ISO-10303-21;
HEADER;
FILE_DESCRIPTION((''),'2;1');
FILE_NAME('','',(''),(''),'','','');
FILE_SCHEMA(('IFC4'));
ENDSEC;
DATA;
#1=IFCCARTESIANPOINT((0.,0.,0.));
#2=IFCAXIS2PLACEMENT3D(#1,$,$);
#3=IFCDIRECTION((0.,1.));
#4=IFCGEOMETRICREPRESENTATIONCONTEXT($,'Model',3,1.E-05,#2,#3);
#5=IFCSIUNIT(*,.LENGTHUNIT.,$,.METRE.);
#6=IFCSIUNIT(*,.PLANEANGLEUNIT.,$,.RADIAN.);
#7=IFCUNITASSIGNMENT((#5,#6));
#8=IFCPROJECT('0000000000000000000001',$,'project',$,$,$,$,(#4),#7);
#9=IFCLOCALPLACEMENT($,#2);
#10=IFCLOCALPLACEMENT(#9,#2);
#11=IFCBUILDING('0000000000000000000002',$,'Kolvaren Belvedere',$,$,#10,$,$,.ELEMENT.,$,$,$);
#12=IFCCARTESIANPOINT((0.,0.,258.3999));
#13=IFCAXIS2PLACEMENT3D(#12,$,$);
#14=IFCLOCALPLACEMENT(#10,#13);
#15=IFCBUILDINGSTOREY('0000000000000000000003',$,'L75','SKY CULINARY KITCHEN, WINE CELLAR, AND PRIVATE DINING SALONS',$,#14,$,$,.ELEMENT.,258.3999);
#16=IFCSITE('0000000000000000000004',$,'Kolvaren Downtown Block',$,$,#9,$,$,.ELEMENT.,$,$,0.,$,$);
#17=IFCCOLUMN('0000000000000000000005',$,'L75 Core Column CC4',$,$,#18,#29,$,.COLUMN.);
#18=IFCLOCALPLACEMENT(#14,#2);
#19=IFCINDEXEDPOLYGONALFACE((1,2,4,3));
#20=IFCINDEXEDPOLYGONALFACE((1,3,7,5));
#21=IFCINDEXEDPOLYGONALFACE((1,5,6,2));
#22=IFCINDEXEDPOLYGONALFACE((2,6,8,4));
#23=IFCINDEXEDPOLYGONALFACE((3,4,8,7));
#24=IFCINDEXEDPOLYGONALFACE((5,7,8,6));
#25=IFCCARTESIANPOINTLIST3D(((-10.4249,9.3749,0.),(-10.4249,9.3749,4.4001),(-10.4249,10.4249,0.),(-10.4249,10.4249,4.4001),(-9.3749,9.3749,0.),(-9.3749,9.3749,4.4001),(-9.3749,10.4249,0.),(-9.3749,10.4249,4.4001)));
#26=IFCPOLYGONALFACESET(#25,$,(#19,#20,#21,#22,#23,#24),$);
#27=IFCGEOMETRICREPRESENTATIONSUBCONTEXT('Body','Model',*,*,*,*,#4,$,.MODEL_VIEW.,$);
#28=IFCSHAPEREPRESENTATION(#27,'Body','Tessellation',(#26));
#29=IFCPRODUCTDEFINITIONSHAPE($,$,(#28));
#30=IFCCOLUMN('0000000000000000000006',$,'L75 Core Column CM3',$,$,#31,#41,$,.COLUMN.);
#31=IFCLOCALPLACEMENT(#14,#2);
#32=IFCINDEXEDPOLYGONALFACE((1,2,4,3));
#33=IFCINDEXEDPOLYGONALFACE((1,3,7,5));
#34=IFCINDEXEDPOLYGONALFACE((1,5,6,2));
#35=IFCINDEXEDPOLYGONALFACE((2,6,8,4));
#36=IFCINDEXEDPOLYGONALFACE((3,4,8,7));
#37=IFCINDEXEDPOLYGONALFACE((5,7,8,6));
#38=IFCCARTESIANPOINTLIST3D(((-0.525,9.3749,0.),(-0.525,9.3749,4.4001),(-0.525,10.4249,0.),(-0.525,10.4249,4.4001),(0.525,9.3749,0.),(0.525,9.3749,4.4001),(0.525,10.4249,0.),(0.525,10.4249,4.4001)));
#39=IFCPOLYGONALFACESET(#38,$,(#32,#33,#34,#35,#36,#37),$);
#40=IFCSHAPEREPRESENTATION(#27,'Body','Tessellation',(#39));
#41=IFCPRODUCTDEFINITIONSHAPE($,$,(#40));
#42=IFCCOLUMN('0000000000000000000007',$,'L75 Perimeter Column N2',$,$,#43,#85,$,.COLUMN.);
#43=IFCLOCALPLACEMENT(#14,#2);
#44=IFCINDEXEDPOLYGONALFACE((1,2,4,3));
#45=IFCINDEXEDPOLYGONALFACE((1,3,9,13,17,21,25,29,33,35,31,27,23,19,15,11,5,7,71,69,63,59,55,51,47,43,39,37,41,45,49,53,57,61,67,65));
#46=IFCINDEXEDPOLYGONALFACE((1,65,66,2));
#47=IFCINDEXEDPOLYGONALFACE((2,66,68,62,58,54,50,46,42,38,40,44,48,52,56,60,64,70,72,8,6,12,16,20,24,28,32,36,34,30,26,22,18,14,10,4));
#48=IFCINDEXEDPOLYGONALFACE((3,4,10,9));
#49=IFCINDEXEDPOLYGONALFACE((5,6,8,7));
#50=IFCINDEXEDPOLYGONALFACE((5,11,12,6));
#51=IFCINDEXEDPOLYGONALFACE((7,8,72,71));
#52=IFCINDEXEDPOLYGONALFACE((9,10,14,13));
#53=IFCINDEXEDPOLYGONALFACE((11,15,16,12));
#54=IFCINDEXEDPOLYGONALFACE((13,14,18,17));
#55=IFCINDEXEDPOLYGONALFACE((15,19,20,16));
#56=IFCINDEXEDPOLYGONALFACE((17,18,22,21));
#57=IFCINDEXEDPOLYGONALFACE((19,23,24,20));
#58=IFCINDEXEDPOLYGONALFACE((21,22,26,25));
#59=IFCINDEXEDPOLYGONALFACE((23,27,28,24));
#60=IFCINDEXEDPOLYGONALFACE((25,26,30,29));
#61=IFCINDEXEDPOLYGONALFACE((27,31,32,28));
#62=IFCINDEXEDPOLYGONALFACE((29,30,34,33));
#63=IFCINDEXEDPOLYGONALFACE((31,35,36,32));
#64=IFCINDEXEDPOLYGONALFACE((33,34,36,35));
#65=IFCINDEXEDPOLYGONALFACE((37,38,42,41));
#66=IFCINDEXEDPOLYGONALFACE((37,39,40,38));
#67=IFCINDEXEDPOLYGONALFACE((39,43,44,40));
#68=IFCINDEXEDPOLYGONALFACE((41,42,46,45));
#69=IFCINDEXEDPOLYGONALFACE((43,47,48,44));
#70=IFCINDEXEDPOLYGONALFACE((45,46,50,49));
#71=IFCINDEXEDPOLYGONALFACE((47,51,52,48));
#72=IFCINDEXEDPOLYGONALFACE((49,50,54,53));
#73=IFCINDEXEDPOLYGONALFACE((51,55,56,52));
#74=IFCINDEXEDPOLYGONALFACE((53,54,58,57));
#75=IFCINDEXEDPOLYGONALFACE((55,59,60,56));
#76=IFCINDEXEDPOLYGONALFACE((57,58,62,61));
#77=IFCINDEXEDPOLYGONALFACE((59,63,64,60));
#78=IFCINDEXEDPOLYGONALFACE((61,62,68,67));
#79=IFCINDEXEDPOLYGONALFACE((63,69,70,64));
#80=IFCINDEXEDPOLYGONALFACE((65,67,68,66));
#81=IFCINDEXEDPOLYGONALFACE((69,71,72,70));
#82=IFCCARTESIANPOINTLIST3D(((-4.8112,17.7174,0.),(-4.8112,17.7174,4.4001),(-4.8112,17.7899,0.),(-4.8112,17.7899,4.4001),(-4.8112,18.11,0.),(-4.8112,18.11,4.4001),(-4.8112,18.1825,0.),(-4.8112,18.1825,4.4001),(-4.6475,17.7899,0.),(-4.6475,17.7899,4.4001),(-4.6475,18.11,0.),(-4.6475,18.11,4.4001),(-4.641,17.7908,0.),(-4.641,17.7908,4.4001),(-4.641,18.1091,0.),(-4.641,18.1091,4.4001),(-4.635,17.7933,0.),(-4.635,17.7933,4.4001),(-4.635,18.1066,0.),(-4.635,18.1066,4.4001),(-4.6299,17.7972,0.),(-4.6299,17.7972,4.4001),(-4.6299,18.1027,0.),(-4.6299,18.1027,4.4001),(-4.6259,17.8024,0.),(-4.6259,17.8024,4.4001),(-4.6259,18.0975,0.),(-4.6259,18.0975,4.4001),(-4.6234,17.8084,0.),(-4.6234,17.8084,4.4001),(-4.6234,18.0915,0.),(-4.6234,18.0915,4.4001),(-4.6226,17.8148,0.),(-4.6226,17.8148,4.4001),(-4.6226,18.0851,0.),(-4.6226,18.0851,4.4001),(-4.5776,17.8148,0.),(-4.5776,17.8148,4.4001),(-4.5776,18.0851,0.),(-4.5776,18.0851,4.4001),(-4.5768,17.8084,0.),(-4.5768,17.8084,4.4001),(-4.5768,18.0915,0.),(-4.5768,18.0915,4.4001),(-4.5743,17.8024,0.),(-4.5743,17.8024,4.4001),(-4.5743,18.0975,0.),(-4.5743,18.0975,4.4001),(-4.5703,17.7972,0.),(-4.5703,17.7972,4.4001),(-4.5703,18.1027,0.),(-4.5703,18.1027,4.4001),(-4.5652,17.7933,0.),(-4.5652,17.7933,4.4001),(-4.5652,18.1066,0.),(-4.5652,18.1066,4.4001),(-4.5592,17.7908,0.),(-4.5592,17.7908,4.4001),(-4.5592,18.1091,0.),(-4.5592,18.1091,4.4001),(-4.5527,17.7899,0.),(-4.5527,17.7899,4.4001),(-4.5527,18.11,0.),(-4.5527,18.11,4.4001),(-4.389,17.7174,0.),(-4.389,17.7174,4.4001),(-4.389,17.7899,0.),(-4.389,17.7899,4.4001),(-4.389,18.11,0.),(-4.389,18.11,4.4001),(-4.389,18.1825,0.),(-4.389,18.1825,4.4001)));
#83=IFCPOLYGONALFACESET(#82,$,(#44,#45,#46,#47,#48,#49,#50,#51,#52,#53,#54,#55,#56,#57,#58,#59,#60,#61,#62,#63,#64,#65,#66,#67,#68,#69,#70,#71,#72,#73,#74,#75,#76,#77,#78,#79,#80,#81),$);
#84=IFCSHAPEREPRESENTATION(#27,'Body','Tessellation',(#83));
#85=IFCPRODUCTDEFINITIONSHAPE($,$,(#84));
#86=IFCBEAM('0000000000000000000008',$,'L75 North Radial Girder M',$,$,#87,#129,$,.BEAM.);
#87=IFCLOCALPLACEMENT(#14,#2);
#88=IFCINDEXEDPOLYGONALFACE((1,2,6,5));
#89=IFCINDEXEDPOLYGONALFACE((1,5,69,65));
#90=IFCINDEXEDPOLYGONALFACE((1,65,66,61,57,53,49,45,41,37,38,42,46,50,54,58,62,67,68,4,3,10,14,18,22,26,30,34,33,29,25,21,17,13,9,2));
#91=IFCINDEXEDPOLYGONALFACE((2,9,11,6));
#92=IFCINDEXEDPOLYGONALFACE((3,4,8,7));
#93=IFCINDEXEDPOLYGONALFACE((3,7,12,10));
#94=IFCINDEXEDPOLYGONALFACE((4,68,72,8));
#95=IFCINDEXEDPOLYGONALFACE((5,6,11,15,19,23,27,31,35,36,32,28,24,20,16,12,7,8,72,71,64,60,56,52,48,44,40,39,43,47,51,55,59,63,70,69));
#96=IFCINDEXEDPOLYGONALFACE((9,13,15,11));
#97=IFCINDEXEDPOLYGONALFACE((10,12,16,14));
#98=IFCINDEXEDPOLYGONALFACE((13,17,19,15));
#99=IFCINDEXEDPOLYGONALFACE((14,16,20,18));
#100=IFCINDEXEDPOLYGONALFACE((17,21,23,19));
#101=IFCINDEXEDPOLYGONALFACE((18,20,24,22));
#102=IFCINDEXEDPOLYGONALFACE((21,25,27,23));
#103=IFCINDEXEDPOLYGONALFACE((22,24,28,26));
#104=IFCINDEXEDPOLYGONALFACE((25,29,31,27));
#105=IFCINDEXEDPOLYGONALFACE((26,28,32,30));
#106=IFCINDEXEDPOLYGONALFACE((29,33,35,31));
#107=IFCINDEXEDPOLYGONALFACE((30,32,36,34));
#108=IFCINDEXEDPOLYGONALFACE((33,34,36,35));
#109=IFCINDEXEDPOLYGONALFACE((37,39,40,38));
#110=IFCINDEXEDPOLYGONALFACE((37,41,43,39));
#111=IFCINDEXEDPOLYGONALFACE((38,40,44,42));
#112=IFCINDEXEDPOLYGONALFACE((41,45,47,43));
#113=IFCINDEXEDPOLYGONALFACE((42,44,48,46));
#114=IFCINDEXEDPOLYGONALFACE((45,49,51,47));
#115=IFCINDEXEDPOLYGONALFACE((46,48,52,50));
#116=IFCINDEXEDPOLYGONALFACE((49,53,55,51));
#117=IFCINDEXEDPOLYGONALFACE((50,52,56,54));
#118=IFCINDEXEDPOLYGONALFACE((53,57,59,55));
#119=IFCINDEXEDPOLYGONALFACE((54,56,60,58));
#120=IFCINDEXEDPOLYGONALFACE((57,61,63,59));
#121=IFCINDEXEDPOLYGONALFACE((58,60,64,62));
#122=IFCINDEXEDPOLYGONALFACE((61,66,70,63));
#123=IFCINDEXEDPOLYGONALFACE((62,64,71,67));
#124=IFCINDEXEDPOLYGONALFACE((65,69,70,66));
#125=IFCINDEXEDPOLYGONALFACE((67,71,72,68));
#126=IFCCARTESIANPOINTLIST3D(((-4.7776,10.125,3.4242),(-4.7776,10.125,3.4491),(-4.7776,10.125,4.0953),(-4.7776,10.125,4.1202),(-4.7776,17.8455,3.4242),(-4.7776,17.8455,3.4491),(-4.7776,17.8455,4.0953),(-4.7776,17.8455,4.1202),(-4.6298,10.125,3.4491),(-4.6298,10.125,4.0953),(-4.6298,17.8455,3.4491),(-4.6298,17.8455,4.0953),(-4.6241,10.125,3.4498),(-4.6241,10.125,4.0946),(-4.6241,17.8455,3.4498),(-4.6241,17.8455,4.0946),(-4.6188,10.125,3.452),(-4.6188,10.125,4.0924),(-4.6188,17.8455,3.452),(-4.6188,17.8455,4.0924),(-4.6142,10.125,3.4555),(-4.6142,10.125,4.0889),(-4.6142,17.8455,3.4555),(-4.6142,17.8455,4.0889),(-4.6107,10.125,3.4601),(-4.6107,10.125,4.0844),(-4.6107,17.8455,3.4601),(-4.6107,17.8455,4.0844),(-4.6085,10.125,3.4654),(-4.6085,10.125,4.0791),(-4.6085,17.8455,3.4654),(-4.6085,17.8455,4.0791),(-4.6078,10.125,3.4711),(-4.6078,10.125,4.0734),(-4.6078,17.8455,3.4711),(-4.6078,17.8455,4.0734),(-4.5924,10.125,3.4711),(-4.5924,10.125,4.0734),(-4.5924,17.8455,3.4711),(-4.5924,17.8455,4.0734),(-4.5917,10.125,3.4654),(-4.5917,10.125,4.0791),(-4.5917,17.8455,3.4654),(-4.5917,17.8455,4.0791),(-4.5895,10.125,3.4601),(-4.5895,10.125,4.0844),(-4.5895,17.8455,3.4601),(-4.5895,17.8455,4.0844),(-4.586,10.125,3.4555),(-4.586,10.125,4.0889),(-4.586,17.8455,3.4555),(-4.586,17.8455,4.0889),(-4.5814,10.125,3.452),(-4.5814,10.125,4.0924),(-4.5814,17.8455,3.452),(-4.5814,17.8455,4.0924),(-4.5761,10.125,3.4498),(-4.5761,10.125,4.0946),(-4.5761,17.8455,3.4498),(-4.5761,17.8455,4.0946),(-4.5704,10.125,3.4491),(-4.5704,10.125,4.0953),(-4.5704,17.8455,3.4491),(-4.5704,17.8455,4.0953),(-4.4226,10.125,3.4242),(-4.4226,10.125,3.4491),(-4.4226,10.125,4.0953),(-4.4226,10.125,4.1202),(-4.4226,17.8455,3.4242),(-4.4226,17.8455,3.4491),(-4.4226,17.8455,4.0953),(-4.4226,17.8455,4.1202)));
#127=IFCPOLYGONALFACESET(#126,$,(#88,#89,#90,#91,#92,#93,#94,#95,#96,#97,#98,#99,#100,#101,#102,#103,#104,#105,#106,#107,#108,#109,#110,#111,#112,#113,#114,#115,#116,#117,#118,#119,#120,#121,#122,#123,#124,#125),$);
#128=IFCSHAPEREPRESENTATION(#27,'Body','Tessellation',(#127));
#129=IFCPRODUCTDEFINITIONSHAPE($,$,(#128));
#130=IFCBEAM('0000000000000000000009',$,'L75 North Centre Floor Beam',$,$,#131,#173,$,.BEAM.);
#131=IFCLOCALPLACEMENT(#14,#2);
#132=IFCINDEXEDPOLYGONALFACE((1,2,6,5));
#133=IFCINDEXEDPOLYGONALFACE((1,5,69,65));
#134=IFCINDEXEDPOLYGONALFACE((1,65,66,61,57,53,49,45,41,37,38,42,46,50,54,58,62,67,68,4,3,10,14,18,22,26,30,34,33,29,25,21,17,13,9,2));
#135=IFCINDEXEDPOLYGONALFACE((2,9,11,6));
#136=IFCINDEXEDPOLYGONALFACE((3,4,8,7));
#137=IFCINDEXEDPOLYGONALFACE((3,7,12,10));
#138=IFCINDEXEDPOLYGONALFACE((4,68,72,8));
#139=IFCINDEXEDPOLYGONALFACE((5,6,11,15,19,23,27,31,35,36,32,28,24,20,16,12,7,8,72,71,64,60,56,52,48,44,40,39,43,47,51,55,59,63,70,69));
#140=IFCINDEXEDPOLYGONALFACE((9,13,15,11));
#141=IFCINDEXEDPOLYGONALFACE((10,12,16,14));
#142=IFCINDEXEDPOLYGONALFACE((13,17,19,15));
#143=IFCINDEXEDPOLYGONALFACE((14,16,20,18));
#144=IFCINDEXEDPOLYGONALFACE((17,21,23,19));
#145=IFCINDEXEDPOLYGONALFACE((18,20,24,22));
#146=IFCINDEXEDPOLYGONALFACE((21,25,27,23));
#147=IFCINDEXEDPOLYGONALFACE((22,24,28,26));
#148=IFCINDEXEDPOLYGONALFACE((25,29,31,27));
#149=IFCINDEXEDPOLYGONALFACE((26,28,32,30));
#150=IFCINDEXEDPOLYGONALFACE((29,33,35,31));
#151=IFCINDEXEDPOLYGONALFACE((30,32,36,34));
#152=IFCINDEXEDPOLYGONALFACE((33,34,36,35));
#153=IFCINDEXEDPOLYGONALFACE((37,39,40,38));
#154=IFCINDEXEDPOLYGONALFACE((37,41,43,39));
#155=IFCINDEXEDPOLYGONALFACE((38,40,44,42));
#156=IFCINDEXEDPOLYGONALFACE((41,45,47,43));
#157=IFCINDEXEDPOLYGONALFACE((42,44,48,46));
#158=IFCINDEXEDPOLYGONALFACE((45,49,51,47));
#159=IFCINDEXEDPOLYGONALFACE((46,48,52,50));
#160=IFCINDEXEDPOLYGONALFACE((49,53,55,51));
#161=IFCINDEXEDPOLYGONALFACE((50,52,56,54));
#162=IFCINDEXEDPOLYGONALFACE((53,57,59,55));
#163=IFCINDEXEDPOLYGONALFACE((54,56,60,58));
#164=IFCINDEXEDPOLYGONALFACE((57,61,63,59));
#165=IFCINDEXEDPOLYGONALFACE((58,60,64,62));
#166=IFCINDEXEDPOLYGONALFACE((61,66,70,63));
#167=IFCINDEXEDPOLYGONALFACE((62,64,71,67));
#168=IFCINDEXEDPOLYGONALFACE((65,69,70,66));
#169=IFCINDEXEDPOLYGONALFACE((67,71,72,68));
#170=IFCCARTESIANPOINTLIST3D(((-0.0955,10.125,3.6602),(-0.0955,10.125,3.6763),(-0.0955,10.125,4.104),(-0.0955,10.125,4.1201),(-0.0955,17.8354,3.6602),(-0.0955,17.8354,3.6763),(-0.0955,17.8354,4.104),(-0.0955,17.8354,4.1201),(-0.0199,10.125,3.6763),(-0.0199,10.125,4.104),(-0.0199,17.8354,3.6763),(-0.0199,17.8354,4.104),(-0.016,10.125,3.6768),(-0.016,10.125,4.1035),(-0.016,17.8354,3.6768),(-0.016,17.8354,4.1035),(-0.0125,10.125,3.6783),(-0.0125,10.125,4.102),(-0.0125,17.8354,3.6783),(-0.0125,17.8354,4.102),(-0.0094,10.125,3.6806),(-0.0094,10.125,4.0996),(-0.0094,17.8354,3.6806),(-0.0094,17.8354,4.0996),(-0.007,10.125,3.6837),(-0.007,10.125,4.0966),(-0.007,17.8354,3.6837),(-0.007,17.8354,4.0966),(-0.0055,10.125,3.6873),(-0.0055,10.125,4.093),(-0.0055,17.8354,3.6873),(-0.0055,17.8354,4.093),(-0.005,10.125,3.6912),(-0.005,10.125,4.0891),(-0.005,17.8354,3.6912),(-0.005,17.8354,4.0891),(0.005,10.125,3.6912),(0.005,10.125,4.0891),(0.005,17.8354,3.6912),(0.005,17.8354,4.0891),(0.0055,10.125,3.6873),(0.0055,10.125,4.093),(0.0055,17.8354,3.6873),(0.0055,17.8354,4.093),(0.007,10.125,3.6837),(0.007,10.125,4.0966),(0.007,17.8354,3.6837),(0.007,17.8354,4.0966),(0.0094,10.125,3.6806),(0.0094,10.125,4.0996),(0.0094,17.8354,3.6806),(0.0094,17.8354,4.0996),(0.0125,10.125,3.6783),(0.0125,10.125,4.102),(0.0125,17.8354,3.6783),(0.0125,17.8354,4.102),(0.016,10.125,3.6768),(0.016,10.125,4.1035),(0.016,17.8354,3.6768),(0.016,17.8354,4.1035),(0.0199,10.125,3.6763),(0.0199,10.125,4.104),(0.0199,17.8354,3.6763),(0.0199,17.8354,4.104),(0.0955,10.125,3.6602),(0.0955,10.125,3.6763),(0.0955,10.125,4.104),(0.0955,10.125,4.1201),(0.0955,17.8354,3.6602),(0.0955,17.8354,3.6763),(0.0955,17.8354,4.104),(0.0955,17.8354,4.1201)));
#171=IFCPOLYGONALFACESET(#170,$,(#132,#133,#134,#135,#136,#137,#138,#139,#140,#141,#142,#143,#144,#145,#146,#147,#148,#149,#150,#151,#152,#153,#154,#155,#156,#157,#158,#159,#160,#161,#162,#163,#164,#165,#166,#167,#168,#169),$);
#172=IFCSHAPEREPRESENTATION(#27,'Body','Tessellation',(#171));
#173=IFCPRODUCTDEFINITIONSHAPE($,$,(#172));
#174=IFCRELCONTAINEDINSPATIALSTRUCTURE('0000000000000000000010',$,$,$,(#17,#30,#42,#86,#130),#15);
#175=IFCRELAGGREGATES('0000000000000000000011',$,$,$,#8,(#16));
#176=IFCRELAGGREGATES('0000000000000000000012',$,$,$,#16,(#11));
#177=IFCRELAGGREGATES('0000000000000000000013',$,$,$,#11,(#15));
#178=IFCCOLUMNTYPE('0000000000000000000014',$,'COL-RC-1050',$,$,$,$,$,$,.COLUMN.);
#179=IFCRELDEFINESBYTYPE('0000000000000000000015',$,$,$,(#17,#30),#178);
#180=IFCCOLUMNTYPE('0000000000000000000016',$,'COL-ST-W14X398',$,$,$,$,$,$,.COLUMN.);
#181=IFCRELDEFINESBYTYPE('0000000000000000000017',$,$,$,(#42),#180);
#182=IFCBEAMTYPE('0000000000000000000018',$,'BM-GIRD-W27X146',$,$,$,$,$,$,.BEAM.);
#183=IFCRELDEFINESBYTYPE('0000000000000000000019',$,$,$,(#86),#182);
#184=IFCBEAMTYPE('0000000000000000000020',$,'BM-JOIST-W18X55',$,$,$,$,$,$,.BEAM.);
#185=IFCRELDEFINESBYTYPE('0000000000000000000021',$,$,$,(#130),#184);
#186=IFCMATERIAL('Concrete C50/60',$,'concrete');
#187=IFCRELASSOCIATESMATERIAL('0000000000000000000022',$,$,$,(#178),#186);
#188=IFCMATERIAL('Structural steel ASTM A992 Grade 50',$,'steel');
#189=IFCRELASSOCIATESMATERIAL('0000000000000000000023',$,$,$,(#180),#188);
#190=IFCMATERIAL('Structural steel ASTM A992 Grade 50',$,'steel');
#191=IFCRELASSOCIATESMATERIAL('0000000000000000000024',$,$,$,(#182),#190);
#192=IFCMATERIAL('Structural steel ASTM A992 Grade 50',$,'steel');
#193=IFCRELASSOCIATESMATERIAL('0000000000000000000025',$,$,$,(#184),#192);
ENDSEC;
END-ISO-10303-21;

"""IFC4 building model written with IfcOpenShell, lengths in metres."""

from ifc_helpers import new_model, si_unit, direction, frame, origin, origin_2d, place, context, subcontext, project, spatial, rectangle, i_section, extrude, material, material_profile, profile_set, type_object, element, save


model = new_model("IFC4")

# Units and contexts
model_context = context("Model", 3, precision=1e-05, world=origin(), true_north=direction((0.0, 1.0)))
body_context = subcontext(model_context, "Body", "Model", "MODEL_VIEW")
ifc_project = project(units=[si_unit("LENGTHUNIT", "METRE"), si_unit("PLANEANGLEUNIT", "RADIAN")], contexts=[model_context])

# Site, building, storey
site_placement = place(None, origin())
site = spatial("IfcSite", under=ifc_project, at=site_placement, Name="Kolvaren Downtown Block", CompositionType="ELEMENT", RefElevation=0.0)
building_placement = place(site_placement, origin())
building = spatial("IfcBuilding", under=site, at=building_placement, Name="Kolvaren Belvedere", CompositionType="ELEMENT")
storey_placement = place(building_placement, frame((0.0, 0.0, 258.3999)))
storey = spatial("IfcBuildingStorey", under=building, at=storey_placement, Name="L75", Description="SKY CULINARY KITCHEN, WINE CELLAR, AND PRIVATE DINING SALONS", CompositionType="ELEMENT", Elevation=258.3999)

# Columns
ifc_material_1 = material(Name="Concrete C50/60", Category="concrete")
ifc_material_profile_1 = material_profile(ifc_material_1, rectangle(XDim=1.05, YDim=1.05, at=origin_2d()), Name="RC 1050X1050")
ifc_profile_set_1 = profile_set([ifc_material_profile_1], Name="Concrete C50/60")
column_type_1 = type_object("IfcColumnType", Name="COL-RC-1050", PredefinedType="COLUMN", material=ifc_profile_set_1)
for number, where, z_axis, x_axis, name in (
    (1, (-9.8999, 9.8999, 0.0), (0.0, 0.0, 1.0), (1.0, 0.0, 0.0), "L75 Core Column CC4"),
    (2, (0.0, 9.8999, 0.0), (0.0, 0.0, 1.0), (1.0, 0.0, 0.0), "L75 Core Column CM3"),
):
    element("IfcColumn", number, at=place(storey_placement, frame(where, z_axis=z_axis, x_axis=x_axis)), inside=storey, type_object=column_type_1, Name=name, PredefinedType="COLUMN", context=body_context, shape_type="SweptSolid", body=[
        extrude(rectangle(XDim=1.05, YDim=1.05, at=origin_2d()), origin(), (0.0, 0.0, 1.0), 4.4001),
    ])
ifc_material_2 = material(Name="Structural steel ASTM A992 Grade 50", Category="steel")
ifc_material_profile_2 = material_profile(ifc_material_2, i_section(OverallWidth=0.4221, OverallDepth=0.4651, WebThickness=0.0449, FlangeThickness=0.0725, FilletRadius=0.0249, at=origin_2d()), Name="W14X398")
ifc_profile_set_2 = profile_set([ifc_material_profile_2], Name="Structural steel ASTM A992 Grade 50")
column_type_2 = type_object("IfcColumnType", Name="COL-ST-W14X398", PredefinedType="COLUMN", material=ifc_profile_set_2)
column_placement = place(storey_placement, frame((-4.6001, 17.95, 0.0), z_axis=(0.0, 0.0, 1.0), x_axis=(1.0, 0.0, 0.0)))
element("IfcColumn", 3, at=column_placement, inside=storey, type_object=column_type_2, Name="L75 Perimeter Column N2", PredefinedType="COLUMN", context=body_context, shape_type="SweptSolid", body=[
    extrude(i_section(OverallWidth=0.4221, OverallDepth=0.4651, WebThickness=0.0449, FlangeThickness=0.0725, FilletRadius=0.0249, at=origin_2d()), origin(), (0.0, 0.0, 1.0), 4.4001),
])

# Beams
ifc_material_3 = material(Name="Structural steel ASTM A992 Grade 50", Category="steel")
ifc_material_profile_3 = material_profile(ifc_material_3, i_section(OverallWidth=0.355, OverallDepth=0.696, WebThickness=0.0154, FlangeThickness=0.0249, FilletRadius=0.022, at=origin_2d()), Name="W27X146")
ifc_profile_set_3 = profile_set([ifc_material_profile_3], Name="Structural steel ASTM A992 Grade 50")
beam_type_1 = type_object("IfcBeamType", Name="BM-GIRD-W27X146", PredefinedType="BEAM", material=ifc_profile_set_3)
beam_1_placement = place(storey_placement, frame((-4.6001, 10.125, 3.7722), z_axis=(0.0, 1.0, 0.0), x_axis=(-1.0, 0.0, 0.0)))
element("IfcBeam", 4, at=beam_1_placement, inside=storey, type_object=beam_type_1, Name="L75 North Radial Girder M", PredefinedType="BEAM", context=body_context, shape_type="SweptSolid", body=[
    extrude(i_section(OverallWidth=0.355, OverallDepth=0.696, WebThickness=0.0154, FlangeThickness=0.0249, FilletRadius=0.022, at=origin_2d()), origin(), (0.0, 0.0, 1.0), 7.7205),
])
ifc_material_4 = material(Name="Structural steel ASTM A992 Grade 50", Category="steel")
ifc_material_profile_4 = material_profile(ifc_material_4, i_section(OverallWidth=0.1909, OverallDepth=0.46, WebThickness=0.01, FlangeThickness=0.0161, FilletRadius=0.0149, at=origin_2d()), Name="W18X55")
ifc_profile_set_4 = profile_set([ifc_material_profile_4], Name="Structural steel ASTM A992 Grade 50")
beam_type_2 = type_object("IfcBeamType", Name="BM-JOIST-W18X55", PredefinedType="BEAM", material=ifc_profile_set_4)
beam_2_placement = place(storey_placement, frame((0.0, 10.125, 3.8901), z_axis=(0.0, 1.0, 0.0), x_axis=(-1.0, 0.0, 0.0)))
element("IfcBeam", 5, at=beam_2_placement, inside=storey, type_object=beam_type_2, Name="L75 North Centre Floor Beam", PredefinedType="BEAM", context=body_context, shape_type="SweptSolid", body=[
    extrude(i_section(OverallWidth=0.1909, OverallDepth=0.46, WebThickness=0.01, FlangeThickness=0.0161, FilletRadius=0.0149, at=origin_2d()), origin(), (0.0, 0.0, 1.0), 7.7104),
])

save(model, "model.ifc")
